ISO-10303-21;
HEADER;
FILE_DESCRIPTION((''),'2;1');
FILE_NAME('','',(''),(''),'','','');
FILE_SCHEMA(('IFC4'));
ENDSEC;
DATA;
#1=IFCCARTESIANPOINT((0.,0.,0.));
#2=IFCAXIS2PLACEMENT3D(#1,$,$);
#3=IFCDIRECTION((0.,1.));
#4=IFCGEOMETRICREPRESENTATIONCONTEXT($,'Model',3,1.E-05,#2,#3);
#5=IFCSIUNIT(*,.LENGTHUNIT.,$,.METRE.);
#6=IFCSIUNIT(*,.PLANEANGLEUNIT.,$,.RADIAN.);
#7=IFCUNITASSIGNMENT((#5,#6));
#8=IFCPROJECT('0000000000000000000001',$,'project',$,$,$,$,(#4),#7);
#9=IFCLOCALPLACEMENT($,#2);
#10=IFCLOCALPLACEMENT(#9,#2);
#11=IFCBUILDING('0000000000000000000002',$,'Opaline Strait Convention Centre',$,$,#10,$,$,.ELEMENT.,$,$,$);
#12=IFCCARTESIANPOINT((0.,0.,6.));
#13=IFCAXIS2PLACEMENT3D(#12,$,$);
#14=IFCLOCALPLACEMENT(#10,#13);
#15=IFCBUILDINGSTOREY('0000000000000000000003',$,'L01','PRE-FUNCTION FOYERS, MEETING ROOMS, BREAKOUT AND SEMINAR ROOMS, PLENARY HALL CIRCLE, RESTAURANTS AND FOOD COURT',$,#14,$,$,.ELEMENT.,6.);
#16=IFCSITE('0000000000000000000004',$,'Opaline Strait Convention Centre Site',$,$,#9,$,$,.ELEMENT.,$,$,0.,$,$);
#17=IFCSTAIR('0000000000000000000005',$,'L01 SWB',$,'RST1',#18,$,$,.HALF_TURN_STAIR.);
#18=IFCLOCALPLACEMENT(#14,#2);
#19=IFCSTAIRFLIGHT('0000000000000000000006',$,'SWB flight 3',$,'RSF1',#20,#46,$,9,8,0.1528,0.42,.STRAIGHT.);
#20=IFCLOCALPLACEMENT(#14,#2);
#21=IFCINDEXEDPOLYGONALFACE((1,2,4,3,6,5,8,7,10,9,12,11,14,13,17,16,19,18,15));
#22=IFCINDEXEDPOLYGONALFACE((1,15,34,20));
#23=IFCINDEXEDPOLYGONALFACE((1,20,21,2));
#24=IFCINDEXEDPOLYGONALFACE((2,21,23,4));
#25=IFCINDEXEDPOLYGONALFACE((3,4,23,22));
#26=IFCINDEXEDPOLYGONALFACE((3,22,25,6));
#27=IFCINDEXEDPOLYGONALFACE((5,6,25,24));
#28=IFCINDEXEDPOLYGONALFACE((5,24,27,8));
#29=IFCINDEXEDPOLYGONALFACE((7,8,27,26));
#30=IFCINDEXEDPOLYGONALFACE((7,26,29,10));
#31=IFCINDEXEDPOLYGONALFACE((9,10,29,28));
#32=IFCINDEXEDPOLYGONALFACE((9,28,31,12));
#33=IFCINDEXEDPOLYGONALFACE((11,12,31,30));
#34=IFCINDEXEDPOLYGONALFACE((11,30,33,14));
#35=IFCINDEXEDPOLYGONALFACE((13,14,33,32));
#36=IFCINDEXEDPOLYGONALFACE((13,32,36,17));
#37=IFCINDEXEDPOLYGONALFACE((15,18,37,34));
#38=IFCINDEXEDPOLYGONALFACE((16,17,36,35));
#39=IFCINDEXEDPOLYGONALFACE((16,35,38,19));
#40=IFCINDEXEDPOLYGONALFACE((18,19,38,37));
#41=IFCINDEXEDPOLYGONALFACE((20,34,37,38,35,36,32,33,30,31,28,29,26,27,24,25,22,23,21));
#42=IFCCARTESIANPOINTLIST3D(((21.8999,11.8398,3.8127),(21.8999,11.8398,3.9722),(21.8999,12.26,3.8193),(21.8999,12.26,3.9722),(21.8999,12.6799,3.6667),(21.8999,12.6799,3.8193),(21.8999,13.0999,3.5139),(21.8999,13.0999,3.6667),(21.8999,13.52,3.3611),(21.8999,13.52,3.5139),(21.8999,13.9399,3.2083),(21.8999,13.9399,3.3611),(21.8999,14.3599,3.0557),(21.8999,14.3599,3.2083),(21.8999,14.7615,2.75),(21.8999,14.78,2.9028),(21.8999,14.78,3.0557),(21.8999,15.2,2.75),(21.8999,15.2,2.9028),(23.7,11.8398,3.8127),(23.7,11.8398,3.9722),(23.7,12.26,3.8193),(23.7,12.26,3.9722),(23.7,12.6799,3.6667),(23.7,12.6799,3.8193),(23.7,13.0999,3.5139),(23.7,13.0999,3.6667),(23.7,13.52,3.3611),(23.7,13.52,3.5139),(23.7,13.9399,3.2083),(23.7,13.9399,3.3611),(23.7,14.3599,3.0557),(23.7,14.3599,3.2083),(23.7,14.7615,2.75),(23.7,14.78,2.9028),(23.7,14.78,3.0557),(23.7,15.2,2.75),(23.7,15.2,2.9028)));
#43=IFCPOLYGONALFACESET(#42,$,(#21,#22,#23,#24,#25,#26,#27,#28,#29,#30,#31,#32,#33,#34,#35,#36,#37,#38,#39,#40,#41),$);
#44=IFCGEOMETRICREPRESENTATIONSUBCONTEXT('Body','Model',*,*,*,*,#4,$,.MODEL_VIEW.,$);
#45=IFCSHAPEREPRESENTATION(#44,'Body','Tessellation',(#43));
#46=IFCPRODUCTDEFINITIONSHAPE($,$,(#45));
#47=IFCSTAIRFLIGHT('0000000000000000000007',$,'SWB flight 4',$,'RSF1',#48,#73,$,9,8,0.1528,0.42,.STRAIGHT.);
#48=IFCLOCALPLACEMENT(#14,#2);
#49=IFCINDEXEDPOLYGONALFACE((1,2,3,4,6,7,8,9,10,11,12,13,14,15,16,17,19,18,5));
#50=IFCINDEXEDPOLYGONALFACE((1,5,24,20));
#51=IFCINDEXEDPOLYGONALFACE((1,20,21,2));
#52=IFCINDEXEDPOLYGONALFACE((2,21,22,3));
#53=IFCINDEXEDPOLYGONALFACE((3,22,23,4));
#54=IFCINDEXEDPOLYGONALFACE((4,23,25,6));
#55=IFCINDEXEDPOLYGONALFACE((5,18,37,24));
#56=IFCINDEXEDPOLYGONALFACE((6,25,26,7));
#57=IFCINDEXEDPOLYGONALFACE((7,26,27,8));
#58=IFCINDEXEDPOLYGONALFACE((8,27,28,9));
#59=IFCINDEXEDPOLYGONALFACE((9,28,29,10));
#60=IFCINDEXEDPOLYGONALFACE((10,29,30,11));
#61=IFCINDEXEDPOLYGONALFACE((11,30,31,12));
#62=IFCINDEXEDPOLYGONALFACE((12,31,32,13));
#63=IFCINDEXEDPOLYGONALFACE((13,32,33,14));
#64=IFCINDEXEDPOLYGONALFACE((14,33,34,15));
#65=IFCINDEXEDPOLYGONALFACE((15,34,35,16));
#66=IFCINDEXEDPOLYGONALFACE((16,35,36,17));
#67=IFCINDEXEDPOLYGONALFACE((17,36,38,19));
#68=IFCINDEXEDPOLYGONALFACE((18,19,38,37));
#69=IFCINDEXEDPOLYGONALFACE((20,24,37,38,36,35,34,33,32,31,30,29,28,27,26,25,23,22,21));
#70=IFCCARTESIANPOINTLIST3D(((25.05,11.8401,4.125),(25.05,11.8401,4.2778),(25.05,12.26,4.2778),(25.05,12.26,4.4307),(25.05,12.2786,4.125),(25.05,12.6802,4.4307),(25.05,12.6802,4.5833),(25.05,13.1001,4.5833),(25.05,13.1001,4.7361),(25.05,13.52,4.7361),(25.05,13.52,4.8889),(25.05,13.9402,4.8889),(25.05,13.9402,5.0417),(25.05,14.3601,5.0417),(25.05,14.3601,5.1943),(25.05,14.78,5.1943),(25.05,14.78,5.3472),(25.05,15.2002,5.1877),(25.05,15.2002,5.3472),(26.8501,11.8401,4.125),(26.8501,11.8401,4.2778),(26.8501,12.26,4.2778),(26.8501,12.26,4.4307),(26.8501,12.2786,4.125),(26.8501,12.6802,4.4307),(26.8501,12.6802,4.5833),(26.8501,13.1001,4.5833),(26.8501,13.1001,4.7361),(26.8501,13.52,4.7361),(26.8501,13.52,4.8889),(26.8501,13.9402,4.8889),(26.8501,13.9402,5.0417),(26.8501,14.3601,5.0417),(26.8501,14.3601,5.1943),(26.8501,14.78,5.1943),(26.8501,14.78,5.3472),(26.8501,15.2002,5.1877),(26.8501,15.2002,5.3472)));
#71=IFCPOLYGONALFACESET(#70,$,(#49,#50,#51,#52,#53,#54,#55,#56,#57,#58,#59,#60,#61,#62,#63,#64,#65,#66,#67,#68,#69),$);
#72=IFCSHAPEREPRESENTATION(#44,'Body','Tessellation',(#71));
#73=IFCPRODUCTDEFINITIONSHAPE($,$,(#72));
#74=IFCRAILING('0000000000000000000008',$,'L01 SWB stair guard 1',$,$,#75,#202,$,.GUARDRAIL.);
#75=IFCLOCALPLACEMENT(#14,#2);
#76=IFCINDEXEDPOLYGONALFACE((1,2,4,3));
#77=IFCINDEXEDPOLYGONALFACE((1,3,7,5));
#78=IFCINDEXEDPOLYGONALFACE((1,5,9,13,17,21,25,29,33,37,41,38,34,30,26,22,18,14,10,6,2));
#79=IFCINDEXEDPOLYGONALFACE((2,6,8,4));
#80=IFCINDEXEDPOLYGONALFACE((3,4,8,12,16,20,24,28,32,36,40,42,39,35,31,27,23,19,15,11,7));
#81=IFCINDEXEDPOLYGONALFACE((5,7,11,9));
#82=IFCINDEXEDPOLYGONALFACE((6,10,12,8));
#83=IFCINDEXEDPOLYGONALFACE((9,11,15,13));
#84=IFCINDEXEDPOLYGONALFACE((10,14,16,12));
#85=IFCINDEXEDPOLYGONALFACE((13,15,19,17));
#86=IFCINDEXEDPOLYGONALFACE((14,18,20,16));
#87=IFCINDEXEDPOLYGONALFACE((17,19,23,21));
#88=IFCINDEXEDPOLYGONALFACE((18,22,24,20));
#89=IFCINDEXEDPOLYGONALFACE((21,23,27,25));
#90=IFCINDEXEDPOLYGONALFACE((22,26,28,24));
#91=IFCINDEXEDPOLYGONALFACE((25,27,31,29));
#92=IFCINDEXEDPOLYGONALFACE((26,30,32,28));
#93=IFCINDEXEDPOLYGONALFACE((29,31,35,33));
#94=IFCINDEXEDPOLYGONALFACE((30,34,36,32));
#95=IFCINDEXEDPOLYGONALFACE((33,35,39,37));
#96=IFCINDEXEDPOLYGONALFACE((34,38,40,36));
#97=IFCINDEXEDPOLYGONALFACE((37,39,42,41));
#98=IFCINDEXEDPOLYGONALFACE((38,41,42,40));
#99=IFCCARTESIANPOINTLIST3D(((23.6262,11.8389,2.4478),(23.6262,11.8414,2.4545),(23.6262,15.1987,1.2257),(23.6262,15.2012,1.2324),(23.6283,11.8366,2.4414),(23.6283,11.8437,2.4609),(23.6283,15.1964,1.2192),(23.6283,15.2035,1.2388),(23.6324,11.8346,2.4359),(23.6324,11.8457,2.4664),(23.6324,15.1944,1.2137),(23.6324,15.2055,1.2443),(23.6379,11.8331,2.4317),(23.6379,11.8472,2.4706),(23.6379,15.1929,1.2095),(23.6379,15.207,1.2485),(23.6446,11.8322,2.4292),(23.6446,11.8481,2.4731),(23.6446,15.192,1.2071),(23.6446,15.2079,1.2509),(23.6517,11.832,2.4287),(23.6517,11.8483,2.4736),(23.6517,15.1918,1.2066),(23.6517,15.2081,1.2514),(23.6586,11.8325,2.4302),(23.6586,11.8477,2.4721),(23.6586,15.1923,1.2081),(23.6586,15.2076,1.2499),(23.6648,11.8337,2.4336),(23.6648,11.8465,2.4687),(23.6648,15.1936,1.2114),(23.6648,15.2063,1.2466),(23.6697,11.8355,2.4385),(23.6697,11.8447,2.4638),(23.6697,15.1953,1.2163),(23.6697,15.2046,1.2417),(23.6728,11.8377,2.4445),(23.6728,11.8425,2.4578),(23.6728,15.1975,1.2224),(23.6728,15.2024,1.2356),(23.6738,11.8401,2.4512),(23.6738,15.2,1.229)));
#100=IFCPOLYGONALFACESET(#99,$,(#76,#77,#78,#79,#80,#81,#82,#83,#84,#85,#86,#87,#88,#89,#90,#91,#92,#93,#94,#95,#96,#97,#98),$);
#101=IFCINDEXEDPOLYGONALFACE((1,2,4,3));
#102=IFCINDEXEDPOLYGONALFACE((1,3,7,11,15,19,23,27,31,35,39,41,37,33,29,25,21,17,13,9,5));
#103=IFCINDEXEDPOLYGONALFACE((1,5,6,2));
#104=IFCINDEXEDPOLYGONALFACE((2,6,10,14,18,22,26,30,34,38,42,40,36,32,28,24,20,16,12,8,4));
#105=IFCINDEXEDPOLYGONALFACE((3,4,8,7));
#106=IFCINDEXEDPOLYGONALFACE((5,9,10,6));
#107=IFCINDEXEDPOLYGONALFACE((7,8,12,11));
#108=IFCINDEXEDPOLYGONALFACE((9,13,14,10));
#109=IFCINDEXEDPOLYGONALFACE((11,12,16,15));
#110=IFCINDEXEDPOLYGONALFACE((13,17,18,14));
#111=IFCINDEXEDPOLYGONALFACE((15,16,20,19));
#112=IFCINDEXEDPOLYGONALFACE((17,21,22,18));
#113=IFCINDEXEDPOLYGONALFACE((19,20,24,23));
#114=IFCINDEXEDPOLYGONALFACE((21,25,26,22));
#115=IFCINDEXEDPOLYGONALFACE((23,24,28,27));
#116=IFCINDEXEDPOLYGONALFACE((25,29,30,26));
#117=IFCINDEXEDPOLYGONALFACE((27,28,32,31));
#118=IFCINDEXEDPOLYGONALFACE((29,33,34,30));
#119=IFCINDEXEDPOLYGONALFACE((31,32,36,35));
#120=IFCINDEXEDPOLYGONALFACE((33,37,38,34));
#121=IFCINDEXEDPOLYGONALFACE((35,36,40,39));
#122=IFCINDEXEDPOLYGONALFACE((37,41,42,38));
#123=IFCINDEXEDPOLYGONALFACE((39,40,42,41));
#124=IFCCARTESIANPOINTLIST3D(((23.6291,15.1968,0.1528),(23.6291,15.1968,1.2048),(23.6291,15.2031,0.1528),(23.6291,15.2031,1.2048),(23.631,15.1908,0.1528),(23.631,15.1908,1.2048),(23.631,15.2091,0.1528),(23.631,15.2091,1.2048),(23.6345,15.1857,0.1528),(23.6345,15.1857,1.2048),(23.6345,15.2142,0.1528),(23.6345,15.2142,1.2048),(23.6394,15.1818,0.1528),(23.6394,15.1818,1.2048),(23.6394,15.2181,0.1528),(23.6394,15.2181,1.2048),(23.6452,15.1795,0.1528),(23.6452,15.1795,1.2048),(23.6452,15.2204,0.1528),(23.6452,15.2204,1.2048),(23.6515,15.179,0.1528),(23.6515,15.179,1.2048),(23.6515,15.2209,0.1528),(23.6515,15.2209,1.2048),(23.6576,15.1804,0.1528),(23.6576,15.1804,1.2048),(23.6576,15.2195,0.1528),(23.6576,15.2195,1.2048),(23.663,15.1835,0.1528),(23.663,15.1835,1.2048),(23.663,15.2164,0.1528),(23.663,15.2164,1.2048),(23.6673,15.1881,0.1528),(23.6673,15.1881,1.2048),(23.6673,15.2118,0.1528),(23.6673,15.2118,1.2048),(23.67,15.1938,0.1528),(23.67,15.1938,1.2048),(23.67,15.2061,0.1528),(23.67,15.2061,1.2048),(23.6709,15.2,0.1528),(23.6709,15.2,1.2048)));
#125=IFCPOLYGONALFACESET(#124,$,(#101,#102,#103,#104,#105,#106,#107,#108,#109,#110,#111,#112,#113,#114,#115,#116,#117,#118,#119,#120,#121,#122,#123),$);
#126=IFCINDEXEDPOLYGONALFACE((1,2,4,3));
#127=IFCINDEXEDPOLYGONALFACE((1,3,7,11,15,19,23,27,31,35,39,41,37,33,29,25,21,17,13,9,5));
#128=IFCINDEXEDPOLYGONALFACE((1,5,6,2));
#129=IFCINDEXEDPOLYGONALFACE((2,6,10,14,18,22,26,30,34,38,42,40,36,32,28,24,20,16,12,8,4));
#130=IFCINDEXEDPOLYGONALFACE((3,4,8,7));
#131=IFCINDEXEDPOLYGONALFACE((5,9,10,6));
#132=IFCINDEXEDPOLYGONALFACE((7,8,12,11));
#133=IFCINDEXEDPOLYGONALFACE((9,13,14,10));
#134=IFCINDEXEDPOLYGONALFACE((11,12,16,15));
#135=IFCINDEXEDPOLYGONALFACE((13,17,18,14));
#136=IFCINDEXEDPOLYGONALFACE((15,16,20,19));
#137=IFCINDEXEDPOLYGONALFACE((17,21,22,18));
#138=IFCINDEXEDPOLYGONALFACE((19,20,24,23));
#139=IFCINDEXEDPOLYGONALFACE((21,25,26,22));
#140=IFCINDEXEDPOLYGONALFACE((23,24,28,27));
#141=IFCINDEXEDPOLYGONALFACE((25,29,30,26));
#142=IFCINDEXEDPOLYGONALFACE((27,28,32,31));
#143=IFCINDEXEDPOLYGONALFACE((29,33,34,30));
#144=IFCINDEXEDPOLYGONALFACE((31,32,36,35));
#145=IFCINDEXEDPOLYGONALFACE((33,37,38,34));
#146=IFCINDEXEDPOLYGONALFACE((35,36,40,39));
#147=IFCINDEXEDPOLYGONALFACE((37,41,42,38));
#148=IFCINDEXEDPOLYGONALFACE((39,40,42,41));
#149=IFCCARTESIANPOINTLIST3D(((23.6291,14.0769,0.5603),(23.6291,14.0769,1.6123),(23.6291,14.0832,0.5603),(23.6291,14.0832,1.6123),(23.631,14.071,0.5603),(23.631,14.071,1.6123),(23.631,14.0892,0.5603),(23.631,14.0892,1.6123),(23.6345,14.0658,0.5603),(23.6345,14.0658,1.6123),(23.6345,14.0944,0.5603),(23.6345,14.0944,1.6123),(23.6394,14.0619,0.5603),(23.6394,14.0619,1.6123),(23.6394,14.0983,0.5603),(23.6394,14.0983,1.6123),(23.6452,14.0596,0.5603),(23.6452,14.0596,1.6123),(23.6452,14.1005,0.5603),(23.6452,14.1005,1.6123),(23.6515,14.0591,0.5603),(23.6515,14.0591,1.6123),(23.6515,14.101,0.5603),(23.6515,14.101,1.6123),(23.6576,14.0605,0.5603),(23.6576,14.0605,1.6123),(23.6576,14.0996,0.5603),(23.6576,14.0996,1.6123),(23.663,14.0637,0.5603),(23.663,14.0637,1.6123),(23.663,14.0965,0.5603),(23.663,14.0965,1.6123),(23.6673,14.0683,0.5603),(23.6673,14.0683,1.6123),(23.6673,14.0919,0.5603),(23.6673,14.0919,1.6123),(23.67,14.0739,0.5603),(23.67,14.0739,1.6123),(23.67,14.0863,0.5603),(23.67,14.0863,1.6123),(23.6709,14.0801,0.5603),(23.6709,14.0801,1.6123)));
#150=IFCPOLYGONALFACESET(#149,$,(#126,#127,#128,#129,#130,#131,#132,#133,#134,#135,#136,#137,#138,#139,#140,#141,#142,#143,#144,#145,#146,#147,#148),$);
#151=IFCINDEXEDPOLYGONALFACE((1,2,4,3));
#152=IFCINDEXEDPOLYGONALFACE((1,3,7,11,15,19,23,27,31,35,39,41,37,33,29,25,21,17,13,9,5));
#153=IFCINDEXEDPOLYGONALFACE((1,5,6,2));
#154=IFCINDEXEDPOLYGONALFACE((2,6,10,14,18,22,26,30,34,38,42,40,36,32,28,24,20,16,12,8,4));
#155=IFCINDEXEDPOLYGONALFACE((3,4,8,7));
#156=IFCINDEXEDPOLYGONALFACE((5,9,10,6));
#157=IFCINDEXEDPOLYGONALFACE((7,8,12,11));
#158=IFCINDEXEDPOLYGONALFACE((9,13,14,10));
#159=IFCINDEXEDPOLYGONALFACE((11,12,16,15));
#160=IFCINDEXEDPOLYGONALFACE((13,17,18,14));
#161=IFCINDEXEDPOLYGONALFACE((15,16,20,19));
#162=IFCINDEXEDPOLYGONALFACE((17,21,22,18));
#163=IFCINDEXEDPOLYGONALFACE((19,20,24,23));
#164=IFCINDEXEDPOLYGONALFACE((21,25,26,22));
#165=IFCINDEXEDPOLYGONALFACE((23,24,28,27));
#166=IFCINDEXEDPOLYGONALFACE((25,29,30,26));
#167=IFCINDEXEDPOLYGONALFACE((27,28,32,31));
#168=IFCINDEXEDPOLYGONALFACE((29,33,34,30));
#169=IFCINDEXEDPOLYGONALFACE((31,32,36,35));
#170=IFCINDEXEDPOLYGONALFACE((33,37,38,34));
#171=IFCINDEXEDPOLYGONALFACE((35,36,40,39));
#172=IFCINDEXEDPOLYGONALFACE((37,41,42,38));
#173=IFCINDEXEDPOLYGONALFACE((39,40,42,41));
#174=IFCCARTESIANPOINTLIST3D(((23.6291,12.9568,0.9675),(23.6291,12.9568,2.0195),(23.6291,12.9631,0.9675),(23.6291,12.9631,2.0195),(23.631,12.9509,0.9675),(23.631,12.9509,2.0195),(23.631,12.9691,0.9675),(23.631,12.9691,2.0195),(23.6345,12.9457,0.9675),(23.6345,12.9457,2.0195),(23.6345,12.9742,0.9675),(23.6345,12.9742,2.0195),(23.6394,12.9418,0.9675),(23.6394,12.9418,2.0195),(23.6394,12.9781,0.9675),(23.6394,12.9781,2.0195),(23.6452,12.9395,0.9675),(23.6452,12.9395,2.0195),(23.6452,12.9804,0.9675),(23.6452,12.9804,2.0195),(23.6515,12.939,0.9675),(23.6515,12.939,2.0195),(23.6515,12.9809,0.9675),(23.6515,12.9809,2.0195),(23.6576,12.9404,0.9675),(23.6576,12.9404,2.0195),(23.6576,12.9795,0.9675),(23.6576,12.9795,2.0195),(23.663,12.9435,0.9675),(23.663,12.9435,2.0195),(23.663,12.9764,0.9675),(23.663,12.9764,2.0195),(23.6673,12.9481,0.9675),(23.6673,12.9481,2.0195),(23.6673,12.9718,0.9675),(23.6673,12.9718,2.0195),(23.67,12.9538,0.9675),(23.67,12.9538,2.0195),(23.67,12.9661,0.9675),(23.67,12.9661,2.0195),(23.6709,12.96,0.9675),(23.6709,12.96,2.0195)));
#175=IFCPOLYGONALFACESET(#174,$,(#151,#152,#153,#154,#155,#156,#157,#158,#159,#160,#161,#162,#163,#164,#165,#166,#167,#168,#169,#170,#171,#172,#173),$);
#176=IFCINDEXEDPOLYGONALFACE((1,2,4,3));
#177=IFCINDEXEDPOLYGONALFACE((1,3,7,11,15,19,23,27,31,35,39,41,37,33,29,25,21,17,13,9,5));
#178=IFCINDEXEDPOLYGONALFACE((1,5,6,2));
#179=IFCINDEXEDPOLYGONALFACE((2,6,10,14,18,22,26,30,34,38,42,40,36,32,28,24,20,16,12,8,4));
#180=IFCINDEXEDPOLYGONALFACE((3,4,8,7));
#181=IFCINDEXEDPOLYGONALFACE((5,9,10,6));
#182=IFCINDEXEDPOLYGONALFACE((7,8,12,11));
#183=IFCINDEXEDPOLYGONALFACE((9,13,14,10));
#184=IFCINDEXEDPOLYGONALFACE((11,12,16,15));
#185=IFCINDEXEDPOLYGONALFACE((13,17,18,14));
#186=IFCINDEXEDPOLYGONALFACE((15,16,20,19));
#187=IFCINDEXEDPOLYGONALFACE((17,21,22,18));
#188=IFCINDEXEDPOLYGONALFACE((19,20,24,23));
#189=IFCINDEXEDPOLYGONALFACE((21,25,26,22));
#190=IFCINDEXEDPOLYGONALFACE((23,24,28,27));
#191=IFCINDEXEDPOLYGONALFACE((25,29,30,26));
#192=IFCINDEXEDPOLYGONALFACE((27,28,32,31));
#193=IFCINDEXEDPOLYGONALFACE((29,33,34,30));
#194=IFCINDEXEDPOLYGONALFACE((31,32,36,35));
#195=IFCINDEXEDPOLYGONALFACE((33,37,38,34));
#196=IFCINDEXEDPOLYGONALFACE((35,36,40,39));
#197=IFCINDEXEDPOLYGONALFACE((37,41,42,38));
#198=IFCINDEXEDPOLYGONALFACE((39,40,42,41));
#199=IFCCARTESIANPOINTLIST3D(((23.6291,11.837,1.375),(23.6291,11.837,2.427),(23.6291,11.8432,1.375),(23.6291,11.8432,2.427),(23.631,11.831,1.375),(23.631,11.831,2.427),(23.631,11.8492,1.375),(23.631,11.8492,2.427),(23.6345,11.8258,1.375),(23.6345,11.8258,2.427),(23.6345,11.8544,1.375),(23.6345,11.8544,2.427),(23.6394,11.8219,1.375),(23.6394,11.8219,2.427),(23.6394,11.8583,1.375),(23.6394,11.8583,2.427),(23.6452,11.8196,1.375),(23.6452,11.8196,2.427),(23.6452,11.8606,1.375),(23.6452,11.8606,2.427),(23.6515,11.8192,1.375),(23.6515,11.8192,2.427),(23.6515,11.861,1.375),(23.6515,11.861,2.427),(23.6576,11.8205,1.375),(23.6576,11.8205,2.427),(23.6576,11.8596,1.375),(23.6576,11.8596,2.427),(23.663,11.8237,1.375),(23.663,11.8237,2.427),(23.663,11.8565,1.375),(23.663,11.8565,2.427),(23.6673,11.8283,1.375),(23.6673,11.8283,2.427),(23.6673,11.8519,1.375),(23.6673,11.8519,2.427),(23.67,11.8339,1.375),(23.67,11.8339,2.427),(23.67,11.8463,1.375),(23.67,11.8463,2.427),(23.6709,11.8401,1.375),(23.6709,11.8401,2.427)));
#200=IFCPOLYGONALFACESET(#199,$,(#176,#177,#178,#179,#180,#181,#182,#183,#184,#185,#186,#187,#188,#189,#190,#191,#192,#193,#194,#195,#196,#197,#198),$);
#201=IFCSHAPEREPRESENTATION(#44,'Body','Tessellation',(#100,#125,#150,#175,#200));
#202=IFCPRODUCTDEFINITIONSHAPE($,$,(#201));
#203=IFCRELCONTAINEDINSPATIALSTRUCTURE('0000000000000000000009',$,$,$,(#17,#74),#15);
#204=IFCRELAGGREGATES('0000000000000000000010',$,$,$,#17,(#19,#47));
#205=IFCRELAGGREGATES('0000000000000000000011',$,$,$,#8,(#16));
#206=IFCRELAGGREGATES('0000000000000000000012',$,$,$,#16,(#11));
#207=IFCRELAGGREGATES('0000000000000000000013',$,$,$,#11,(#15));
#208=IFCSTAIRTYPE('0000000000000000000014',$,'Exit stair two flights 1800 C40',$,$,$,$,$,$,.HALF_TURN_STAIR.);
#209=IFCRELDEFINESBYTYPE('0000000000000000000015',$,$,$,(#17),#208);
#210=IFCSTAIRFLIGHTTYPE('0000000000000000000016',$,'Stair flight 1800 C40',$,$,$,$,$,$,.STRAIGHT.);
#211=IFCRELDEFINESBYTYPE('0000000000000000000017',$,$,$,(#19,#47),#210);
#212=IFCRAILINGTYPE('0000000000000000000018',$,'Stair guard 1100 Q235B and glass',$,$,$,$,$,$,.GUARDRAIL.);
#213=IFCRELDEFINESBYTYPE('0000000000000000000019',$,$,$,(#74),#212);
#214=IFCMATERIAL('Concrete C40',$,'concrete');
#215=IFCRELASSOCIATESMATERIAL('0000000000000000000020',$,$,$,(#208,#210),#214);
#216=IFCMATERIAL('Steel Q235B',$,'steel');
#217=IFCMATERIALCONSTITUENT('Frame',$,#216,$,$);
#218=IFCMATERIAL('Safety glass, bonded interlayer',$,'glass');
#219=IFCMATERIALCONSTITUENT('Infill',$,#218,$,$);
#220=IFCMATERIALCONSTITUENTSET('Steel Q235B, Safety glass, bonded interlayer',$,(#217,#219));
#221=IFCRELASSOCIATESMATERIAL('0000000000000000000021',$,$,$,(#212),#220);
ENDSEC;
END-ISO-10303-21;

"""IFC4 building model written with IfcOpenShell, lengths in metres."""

from ifc_helpers import new_model, si_unit, direction, frame, origin, origin_2d, place, context, subcontext, project, spatial, polyline, circle, outline, extrude, material, constituent, constituent_set, type_object, element, aggregate, save


model = new_model("IFC4")

# Units and contexts
model_context = context("Model", 3, precision=1e-05, world=origin(), true_north=direction((0.0, 1.0)))
body_context = subcontext(model_context, "Body", "Model", "MODEL_VIEW")
ifc_project = project(units=[si_unit("LENGTHUNIT", "METRE"), si_unit("PLANEANGLEUNIT", "RADIAN")], contexts=[model_context])

# Site, building, storey
site_placement = place(None, origin())
site = spatial("IfcSite", under=ifc_project, at=site_placement, Name="Opaline Strait Convention Centre Site", CompositionType="ELEMENT", RefElevation=0.0)
building_placement = place(site_placement, origin())
building = spatial("IfcBuilding", under=site, at=building_placement, Name="Opaline Strait Convention Centre", CompositionType="ELEMENT")
storey_placement = place(building_placement, frame((0.0, 0.0, 6.0)))
storey = spatial("IfcBuildingStorey", under=building, at=storey_placement, Name="L01", Description="PRE-FUNCTION FOYERS, MEETING ROOMS, BREAKOUT AND SEMINAR ROOMS, PLENARY HALL CIRCLE, RESTAURANTS AND FOOD COURT", CompositionType="ELEMENT", Elevation=6.0)

# Shared definitions
ifc_material_1 = material(Name="Concrete C40", Category="concrete")

# Stair, stair flights
stair_type = type_object("IfcStairType", Name="Exit stair two flights 1800 C40", PredefinedType="HALF_TURN_STAIR", material=ifc_material_1)
stair_placement = place(storey_placement, origin())
stair = element("IfcStair", 1, at=stair_placement, inside=storey, type_object=stair_type, Name="L01 SWB", ObjectType="RST1", PredefinedType="HALF_TURN_STAIR")
stair_flight_type = type_object("IfcStairFlightType", Name="Stair flight 1800 C40", PredefinedType="STRAIGHT", material=ifc_material_1)
stair_flight_1_placement = place(storey_placement, frame((22.8, 15.2, 2.75), z_axis=(0.0, 0.0, 1.0), x_axis=(0.0, -1.0, 0.0)))
stair_flight_1 = element("IfcStairFlight", 2, at=stair_flight_1_placement, type_object=stair_flight_type, Name="SWB flight 3", ObjectType="RSF1", NumberOfRisers=9, NumberOfTreads=8, PredefinedType="STRAIGHT", RiserHeight=0.1528, TreadLength=0.42, context=body_context, shape_type="SweptSolid", body=[
    extrude(outline(polyline([(0.0, 0.0), (0.0, 0.1528), (0.4199, 0.1528), (0.4199, 0.3057), (0.8401, 0.3057), (0.8401, 0.4583), (1.26, 0.4583), (1.26, 0.6111), (1.6799, 0.6111), (1.6799, 0.7639), (2.1001, 0.7639), (2.1001, 0.9167), (2.52, 0.9167), (2.52, 1.0693), (2.9399, 1.0693), (2.9399, 1.2222), (3.3601, 1.2222), (3.3601, 1.375), (3.3601, 1.0627), (0.4385, 0.0), (0.0, 0.0)])), frame((0.0, 0.8999, 0.0), z_axis=(0.0, -1.0, 0.0), x_axis=(1.0, 0.0, 0.0)), (0.0, 0.0, 1.0), 1.8),
])
stair_flight_2_placement = place(storey_placement, frame((25.95, 11.8401, 4.125), z_axis=(0.0, 0.0, 1.0), x_axis=(0.0, 1.0, 0.0)))
stair_flight_2 = element("IfcStairFlight", 3, at=stair_flight_2_placement, type_object=stair_flight_type, Name="SWB flight 4", ObjectType="RSF1", NumberOfRisers=9, NumberOfTreads=8, PredefinedType="STRAIGHT", RiserHeight=0.1528, TreadLength=0.42, context=body_context, shape_type="SweptSolid", body=[
    extrude(outline(polyline([(0.0, 0.0), (0.0, 0.1528), (0.4199, 0.1528), (0.4199, 0.3057), (0.8401, 0.3057), (0.8401, 0.4583), (1.26, 0.4583), (1.26, 0.6111), (1.6799, 0.6111), (1.6799, 0.7639), (2.1001, 0.7639), (2.1001, 0.9167), (2.52, 0.9167), (2.52, 1.0693), (2.9399, 1.0693), (2.9399, 1.2222), (3.3601, 1.2222), (3.3601, 1.375), (3.3601, 1.0627), (0.4385, 0.0), (0.0, 0.0)])), frame((0.0, 0.8999, 0.0), z_axis=(0.0, -1.0, 0.0), x_axis=(1.0, 0.0, 0.0)), (0.0, 0.0, 1.0), 1.8),
])
aggregate(stair, [stair_flight_1, stair_flight_2])

# Railing
ifc_material_2 = material(Name="Steel Q235B", Category="steel")
ifc_constituent_1 = constituent(ifc_material_2, Name="Frame")
ifc_material_3 = material(Name="Safety glass, bonded interlayer", Category="glass")
ifc_constituent_2 = constituent(ifc_material_3, Name="Infill")
ifc_constituent_set = constituent_set(constituents=[ifc_constituent_1, ifc_constituent_2], Name="Steel Q235B, Safety glass, bonded interlayer")
railing_type_1 = type_object("IfcRailingType", Name="Stair guard 1100 Q235B and glass", PredefinedType="GUARDRAIL", material=ifc_constituent_set)
railing_1_placement = place(storey_placement, frame((23.6499, 15.2, 0.1528)))
element("IfcRailing", 4, at=railing_1_placement, inside=storey, type_object=railing_type_1, Name="L01 SWB stair guard 1", PredefinedType="GUARDRAIL", context=body_context, shape_type="SweptSolid", body=[
    extrude(circle(Radius=0.0239, at=origin_2d()), frame((0.0, 0.0, 1.0762), z_axis=(0.0, -0.939758, 0.341842), x_axis=(1.0, 0.0, 0.0)), (0.0, 0.0, 1.0), 3.5752),
    extrude(circle(Radius=0.021, at=origin_2d()), origin(), (0.0, 0.0, 1.0), 1.052),
    extrude(circle(Radius=0.021, at=origin_2d()), frame((0.0, -1.1199, 0.4075)), (0.0, 0.0, 1.0), 1.052),
    extrude(circle(Radius=0.021, at=origin_2d()), frame((0.0, -2.24, 0.8147)), (0.0, 0.0, 1.0), 1.052),
    extrude(circle(Radius=0.021, at=origin_2d()), frame((0.0, -3.3599, 1.2222)), (0.0, 0.0, 1.0), 1.052),
])

save(model, "model.ifc")
